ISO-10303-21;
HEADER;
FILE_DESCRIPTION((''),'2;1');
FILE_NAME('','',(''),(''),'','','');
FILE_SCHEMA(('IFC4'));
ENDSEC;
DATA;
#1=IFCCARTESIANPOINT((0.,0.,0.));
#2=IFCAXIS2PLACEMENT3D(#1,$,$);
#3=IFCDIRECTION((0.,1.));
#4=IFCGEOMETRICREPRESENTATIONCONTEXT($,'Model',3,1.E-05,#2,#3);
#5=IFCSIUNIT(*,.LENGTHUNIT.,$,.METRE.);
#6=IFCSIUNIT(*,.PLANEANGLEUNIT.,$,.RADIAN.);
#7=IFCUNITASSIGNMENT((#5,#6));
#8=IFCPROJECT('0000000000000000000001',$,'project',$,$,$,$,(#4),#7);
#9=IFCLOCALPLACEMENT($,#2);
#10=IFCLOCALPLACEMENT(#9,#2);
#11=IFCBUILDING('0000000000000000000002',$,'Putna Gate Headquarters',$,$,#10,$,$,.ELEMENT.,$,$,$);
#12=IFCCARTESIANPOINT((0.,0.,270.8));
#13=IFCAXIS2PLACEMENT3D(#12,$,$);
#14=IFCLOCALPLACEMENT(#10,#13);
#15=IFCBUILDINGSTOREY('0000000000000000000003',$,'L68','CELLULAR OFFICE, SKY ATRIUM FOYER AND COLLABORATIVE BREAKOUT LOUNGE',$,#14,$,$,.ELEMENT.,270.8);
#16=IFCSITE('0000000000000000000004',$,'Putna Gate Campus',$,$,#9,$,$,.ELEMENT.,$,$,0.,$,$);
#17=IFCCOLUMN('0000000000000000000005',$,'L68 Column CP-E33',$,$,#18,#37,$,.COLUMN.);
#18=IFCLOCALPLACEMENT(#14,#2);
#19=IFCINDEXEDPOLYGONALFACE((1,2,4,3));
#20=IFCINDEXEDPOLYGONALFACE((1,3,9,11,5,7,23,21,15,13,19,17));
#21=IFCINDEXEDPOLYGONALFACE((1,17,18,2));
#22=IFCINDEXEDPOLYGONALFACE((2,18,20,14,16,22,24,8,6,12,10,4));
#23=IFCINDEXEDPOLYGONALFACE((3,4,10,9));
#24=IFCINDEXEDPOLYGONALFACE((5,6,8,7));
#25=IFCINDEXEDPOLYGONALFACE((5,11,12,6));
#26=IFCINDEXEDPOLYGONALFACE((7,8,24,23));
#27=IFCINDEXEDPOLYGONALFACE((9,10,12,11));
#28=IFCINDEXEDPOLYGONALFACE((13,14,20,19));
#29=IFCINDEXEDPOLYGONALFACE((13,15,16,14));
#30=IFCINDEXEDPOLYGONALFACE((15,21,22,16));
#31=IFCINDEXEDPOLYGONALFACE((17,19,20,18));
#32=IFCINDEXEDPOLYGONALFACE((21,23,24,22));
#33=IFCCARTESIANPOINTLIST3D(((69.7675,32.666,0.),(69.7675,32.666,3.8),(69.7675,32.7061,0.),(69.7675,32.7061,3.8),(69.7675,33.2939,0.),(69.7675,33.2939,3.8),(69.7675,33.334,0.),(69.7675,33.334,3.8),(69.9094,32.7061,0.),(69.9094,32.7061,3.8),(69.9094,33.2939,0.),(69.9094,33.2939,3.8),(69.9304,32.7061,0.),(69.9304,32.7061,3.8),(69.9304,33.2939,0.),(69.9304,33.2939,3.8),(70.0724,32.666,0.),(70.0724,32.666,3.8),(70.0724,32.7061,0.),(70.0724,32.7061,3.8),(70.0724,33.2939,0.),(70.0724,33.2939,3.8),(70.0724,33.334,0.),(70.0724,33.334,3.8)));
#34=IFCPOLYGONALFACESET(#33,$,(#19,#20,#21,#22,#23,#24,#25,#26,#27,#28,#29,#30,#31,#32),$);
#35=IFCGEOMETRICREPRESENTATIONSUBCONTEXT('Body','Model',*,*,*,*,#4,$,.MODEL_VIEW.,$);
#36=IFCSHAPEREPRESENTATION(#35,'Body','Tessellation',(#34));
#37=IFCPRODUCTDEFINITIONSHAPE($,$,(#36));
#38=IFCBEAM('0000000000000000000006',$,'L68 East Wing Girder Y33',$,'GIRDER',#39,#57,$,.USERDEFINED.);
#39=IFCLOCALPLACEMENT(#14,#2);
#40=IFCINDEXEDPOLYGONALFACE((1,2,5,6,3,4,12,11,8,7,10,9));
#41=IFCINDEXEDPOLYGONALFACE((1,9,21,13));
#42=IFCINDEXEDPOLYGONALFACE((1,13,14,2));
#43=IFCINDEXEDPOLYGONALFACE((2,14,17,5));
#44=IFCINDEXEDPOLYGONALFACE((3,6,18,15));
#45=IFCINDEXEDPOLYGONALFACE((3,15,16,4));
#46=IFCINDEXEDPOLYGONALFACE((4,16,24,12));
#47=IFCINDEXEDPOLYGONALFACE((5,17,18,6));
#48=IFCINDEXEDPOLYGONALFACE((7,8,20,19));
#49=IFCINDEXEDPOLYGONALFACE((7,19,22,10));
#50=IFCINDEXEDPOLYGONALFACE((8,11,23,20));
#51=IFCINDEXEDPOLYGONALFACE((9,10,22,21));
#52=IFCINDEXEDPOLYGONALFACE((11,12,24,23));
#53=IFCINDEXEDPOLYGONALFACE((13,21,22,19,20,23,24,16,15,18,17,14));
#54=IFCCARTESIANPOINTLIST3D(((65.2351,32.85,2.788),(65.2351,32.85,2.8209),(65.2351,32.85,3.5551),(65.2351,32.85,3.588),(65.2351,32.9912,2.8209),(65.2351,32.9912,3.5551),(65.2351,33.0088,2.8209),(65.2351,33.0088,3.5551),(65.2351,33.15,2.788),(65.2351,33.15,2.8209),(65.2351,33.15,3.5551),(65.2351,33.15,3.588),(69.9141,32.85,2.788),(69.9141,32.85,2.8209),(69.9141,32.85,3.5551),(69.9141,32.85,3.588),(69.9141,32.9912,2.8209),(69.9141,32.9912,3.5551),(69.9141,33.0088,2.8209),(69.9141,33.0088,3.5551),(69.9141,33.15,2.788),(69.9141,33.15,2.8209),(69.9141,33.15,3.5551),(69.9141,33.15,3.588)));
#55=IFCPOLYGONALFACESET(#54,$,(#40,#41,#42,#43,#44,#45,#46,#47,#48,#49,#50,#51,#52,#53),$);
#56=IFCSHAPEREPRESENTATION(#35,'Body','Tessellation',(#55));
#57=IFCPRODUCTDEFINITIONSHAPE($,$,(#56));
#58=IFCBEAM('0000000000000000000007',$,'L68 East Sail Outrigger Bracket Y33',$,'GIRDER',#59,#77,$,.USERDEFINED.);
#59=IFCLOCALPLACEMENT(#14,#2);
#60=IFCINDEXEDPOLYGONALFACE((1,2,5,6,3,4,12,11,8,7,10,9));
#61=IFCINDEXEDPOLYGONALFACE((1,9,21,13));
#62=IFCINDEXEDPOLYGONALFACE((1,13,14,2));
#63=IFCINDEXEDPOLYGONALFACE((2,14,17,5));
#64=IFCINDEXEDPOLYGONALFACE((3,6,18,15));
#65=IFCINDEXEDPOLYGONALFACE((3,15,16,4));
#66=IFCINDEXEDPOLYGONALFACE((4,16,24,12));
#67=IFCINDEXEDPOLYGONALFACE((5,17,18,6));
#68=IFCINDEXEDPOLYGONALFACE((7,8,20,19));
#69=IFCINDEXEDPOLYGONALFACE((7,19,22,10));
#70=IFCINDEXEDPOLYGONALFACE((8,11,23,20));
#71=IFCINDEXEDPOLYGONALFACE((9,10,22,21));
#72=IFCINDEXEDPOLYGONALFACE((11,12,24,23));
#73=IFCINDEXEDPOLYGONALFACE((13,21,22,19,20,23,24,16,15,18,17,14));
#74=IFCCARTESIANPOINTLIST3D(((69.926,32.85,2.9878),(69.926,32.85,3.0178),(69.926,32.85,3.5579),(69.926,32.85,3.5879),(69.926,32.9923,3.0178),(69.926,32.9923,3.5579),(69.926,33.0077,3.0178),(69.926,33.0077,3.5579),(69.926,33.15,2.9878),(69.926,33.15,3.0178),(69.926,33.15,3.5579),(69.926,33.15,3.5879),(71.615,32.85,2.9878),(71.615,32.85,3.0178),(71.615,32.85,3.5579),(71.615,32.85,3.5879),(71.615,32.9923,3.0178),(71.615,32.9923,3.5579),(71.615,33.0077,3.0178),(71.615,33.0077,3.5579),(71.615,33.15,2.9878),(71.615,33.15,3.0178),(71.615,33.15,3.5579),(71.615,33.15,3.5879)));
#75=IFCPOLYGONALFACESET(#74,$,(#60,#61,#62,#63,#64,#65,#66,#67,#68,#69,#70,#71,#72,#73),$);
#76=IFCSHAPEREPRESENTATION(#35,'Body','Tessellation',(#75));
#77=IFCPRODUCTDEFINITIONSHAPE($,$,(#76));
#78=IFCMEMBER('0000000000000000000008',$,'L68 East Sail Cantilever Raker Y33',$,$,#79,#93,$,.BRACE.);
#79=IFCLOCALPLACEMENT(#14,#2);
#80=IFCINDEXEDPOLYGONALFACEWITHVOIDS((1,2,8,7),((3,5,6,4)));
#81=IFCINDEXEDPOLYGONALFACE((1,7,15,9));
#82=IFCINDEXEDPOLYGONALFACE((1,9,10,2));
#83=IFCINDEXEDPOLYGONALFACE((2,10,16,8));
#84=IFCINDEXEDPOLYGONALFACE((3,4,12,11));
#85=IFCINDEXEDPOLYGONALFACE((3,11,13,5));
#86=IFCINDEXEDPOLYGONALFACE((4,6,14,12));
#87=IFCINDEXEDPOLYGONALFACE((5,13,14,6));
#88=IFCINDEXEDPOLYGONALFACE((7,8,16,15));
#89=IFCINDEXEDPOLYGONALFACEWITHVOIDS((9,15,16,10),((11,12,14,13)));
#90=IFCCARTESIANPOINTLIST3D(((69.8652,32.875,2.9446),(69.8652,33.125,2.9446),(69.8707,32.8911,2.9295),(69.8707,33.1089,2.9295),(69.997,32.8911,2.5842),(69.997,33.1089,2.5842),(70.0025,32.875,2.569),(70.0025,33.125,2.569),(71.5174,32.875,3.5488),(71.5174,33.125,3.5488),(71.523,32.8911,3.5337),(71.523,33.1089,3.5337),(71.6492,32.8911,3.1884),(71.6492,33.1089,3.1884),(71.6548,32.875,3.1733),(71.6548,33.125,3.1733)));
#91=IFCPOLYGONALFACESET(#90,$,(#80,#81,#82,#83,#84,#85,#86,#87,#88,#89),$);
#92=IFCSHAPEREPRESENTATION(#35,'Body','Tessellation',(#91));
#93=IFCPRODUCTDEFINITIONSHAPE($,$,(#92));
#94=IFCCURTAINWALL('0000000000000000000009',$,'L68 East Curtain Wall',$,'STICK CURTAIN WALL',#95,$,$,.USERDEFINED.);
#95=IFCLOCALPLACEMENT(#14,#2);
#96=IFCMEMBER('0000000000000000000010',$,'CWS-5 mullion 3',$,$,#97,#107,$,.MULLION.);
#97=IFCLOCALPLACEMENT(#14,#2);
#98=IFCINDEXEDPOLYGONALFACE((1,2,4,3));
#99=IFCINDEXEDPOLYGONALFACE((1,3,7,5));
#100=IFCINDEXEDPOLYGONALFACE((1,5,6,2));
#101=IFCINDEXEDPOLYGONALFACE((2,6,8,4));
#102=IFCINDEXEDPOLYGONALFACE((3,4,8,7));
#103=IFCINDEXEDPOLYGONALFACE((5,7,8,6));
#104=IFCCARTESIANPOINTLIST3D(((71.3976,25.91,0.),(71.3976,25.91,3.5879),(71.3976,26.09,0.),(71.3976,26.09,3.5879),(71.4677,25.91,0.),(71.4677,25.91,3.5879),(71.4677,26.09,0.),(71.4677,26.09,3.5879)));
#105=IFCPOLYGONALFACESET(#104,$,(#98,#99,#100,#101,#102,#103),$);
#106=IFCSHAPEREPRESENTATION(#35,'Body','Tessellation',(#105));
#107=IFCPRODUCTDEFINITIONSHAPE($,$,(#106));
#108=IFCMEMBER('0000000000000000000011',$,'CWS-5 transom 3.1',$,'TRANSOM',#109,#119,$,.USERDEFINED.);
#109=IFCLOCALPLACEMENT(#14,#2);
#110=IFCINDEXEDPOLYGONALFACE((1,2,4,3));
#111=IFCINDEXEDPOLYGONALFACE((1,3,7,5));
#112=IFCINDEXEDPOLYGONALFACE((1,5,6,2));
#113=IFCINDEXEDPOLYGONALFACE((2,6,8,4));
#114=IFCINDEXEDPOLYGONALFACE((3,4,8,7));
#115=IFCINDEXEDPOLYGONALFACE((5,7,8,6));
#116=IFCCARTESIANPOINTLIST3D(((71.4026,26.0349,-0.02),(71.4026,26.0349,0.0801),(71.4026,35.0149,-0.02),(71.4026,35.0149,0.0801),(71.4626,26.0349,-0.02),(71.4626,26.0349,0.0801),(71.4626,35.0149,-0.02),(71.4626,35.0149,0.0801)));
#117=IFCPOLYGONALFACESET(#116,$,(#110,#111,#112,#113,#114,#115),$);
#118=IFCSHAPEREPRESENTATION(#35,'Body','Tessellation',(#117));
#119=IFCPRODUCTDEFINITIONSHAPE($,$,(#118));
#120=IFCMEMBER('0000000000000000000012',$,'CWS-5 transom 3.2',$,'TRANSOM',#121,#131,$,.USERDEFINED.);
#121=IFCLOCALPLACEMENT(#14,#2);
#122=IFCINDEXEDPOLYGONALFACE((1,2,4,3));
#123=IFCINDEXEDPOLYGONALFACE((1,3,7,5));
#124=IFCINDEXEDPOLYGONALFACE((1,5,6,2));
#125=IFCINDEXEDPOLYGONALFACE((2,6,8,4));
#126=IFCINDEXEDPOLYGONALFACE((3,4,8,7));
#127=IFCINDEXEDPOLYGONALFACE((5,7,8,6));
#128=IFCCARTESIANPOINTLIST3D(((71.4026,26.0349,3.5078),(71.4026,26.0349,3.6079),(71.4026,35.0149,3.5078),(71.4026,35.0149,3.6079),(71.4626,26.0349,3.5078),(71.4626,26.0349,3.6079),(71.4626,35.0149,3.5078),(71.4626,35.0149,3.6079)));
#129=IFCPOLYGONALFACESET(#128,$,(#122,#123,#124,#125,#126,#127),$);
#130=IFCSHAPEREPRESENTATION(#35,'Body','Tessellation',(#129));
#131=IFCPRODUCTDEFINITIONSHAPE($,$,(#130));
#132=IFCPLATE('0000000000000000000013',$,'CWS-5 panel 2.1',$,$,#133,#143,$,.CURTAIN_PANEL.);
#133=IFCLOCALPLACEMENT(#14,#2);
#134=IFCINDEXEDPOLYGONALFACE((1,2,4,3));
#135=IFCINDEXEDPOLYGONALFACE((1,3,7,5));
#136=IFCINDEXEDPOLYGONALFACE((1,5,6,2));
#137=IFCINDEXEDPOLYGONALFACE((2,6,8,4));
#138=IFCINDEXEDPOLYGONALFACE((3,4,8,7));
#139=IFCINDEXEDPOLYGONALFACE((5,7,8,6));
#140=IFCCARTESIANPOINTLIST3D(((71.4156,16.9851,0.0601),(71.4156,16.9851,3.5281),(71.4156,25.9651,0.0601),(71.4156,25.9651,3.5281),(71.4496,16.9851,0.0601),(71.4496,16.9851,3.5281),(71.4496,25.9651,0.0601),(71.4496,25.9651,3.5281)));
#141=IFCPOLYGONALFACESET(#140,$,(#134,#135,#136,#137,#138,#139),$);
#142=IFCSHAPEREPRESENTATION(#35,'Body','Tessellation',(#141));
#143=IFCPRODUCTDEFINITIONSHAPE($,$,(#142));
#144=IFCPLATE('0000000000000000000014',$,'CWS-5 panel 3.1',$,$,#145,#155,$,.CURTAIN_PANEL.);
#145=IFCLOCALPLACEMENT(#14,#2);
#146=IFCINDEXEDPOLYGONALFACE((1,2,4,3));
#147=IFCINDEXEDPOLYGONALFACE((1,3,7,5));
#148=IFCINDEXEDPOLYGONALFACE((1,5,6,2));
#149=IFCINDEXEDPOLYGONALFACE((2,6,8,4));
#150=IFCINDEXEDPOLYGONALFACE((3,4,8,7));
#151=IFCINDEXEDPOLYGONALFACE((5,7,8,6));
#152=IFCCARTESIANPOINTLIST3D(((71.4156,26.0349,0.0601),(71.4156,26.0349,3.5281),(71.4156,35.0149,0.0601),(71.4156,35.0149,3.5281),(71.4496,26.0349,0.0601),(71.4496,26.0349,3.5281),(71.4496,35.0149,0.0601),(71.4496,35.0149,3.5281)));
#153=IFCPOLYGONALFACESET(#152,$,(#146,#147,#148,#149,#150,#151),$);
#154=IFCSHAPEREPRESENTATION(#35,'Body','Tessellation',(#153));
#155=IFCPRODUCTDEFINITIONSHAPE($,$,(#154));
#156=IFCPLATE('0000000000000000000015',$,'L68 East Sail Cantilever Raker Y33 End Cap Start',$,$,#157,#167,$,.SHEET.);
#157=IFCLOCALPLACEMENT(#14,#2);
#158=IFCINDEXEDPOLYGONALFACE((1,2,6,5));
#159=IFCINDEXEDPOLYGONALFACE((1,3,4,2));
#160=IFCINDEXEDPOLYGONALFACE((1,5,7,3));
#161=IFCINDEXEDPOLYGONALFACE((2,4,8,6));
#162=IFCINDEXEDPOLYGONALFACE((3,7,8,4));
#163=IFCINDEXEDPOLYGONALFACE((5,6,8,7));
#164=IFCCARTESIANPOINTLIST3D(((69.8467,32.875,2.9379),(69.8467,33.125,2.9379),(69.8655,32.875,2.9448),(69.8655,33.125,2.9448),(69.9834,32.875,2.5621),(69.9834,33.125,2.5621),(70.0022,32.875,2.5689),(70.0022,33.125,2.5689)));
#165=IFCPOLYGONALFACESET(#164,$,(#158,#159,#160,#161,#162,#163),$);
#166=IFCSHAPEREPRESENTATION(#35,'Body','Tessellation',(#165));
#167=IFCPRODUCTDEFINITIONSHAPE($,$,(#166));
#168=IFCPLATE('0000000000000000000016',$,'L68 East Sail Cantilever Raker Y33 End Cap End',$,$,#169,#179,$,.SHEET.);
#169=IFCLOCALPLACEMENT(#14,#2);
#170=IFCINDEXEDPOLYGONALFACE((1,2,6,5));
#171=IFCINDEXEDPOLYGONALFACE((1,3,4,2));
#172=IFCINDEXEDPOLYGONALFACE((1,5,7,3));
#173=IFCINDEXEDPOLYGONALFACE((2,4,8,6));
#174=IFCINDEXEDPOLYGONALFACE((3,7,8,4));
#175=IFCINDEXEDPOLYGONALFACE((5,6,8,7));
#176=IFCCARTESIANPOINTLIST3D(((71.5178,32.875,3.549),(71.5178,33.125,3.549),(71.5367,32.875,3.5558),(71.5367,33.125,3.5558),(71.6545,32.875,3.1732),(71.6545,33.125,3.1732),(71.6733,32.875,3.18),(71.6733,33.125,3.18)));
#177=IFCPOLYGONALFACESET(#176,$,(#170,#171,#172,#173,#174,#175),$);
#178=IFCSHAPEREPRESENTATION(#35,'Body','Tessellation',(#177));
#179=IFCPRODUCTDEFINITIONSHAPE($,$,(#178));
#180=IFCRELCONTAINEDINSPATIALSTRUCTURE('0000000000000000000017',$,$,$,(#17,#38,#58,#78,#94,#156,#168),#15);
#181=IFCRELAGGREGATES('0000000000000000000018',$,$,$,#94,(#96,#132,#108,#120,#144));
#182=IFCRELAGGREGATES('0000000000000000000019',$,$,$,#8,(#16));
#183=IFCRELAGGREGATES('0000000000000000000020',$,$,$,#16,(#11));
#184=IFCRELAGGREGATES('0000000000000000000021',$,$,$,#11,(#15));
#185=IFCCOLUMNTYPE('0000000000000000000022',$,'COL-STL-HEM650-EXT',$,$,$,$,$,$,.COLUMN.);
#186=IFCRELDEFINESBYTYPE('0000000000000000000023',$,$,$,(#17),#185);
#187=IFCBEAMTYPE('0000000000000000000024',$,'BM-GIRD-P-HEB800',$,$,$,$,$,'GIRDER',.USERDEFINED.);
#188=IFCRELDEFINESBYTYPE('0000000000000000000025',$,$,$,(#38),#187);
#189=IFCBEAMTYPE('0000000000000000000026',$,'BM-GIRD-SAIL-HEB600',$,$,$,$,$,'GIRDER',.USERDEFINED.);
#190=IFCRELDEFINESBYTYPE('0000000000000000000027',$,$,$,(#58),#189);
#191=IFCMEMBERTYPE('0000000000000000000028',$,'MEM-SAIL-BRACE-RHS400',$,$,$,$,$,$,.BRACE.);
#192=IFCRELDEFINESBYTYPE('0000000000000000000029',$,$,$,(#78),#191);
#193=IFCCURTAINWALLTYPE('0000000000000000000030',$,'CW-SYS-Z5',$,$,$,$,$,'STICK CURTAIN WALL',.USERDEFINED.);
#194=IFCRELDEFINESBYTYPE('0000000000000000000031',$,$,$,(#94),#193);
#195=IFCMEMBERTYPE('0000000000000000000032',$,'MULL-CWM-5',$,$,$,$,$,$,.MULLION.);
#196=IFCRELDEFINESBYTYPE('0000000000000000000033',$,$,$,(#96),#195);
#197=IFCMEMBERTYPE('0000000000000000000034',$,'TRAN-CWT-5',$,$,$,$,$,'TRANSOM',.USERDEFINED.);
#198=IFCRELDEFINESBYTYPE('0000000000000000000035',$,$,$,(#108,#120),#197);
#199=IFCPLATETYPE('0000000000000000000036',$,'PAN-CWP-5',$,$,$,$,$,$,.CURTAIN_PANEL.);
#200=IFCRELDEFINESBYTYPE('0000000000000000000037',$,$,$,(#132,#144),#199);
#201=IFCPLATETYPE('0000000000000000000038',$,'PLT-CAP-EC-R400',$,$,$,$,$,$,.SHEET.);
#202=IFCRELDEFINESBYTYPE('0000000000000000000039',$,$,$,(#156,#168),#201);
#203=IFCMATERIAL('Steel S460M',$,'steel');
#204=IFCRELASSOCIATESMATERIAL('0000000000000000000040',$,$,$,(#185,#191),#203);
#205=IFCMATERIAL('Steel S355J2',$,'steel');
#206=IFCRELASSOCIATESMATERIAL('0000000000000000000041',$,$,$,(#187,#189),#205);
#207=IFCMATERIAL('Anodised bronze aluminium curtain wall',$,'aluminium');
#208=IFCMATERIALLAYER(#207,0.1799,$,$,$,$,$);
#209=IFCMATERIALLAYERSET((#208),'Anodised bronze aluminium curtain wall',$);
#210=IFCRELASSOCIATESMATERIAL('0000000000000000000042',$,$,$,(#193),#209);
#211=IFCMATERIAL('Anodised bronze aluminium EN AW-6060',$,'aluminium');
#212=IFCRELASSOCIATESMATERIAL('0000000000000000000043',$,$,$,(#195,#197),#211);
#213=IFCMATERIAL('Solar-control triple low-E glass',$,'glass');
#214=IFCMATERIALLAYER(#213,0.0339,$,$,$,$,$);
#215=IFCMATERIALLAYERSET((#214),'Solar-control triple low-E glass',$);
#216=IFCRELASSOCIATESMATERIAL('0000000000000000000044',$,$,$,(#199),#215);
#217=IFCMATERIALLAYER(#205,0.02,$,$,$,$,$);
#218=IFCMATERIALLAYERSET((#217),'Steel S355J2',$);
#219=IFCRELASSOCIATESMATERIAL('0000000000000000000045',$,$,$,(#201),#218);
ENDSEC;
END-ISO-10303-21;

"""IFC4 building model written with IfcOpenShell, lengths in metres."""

from ifc_helpers import new_model, si_unit, direction, frame, origin, origin_2d, place, context, subcontext, project, spatial, rectangle, hollow_rectangle, i_section, extrude, material, layer, layer_set, material_profile, profile_set, type_object, element, aggregate, save


model = new_model("IFC4")

# Units and contexts
model_context = context("Model", 3, precision=1e-05, world=origin(), true_north=direction((0.0, 1.0)))
body_context = subcontext(model_context, "Body", "Model", "MODEL_VIEW")
ifc_project = project(units=[si_unit("LENGTHUNIT", "METRE"), si_unit("PLANEANGLEUNIT", "RADIAN")], contexts=[model_context])

# Site, building, storey
site_placement = place(None, origin())
site = spatial("IfcSite", under=ifc_project, at=site_placement, Name="Putna Gate Campus", CompositionType="ELEMENT", RefElevation=0.0)
building_placement = place(site_placement, origin())
building = spatial("IfcBuilding", under=site, at=building_placement, Name="Putna Gate Headquarters", CompositionType="ELEMENT")
storey_placement = place(building_placement, frame((0.0, 0.0, 270.8)))
storey = spatial("IfcBuildingStorey", under=building, at=storey_placement, Name="L68", Description="CELLULAR OFFICE, SKY ATRIUM FOYER AND COLLABORATIVE BREAKOUT LOUNGE", CompositionType="ELEMENT", Elevation=270.8)

# Column
ifc_material_1 = material(Name="Steel S460M", Category="steel")
ifc_material_profile_1 = material_profile(ifc_material_1, i_section(OverallWidth=0.3049, OverallDepth=0.668, WebThickness=0.021, FlangeThickness=0.04, at=origin_2d()), Name="Steel S460M")
ifc_profile_set_1 = profile_set([ifc_material_profile_1], Name="Steel S460M")
column_type = type_object("IfcColumnType", Name="COL-STL-HEM650-EXT", PredefinedType="COLUMN", material=ifc_profile_set_1)
column_placement = place(storey_placement, frame((69.9199, 33.0, 0.0), z_axis=(0.0, 0.0, 1.0), x_axis=(1.0, 0.0, 0.0)))
element("IfcColumn", 1, at=column_placement, inside=storey, type_object=column_type, Name="L68 Column CP-E33", PredefinedType="COLUMN", context=body_context, shape_type="SweptSolid", body=[
    extrude(i_section(OverallWidth=0.3049, OverallDepth=0.668, WebThickness=0.021, FlangeThickness=0.04, at=origin_2d()), origin(), (0.0, 0.0, 1.0), 3.8),
])

# Beams
ifc_material_2 = material(Name="Steel S355J2", Category="steel")
ifc_material_profile_2 = material_profile(ifc_material_2, i_section(OverallWidth=0.3, OverallDepth=0.8, WebThickness=0.0176, FlangeThickness=0.033, at=origin_2d()), Name="Steel S355J2")
ifc_profile_set_2 = profile_set([ifc_material_profile_2], Name="Steel S355J2")
beam_type_1 = type_object("IfcBeamType", Name="BM-GIRD-P-HEB800", ElementType="GIRDER", PredefinedType="USERDEFINED", material=ifc_profile_set_2)
beam_1_placement = place(storey_placement, frame((65.2351, 33.0, 3.188), z_axis=(1.0, 0.0, 0.0), x_axis=(0.0, 1.0, 0.0)))
element("IfcBeam", 2, at=beam_1_placement, inside=storey, type_object=beam_type_1, Name="L68 East Wing Girder Y33", ObjectType="GIRDER", PredefinedType="USERDEFINED", context=body_context, shape_type="SweptSolid", body=[
    extrude(i_section(OverallWidth=0.3, OverallDepth=0.8, WebThickness=0.0176, FlangeThickness=0.033, at=origin_2d()), origin(), (0.0, 0.0, 1.0), 4.679),
])
ifc_material_profile_3 = material_profile(ifc_material_2, i_section(OverallWidth=0.3, OverallDepth=0.6001, WebThickness=0.0154, FlangeThickness=0.03, at=origin_2d()), Name="Steel S355J2")
ifc_profile_set_3 = profile_set([ifc_material_profile_3], Name="Steel S355J2")
beam_type_2 = type_object("IfcBeamType", Name="BM-GIRD-SAIL-HEB600", ElementType="GIRDER", PredefinedType="USERDEFINED", material=ifc_profile_set_3)
beam_2_placement = place(storey_placement, frame((69.926, 33.0, 3.2878), z_axis=(1.0, 0.0, 0.0), x_axis=(0.0, 1.0, 0.0)))
element("IfcBeam", 3, at=beam_2_placement, inside=storey, type_object=beam_type_2, Name="L68 East Sail Outrigger Bracket Y33", ObjectType="GIRDER", PredefinedType="USERDEFINED", context=body_context, shape_type="SweptSolid", body=[
    extrude(i_section(OverallWidth=0.3, OverallDepth=0.6001, WebThickness=0.0154, FlangeThickness=0.03, at=origin_2d()), origin(), (0.0, 0.0, 1.0), 1.689),
])

# Member
ifc_material_profile_4 = material_profile(ifc_material_1, hollow_rectangle(XDim=0.25, YDim=0.3999, WallThickness=0.0161, at=origin_2d()), Name="Steel S460M")
ifc_profile_set_4 = profile_set([ifc_material_profile_4], Name="Steel S460M")
member_type_1 = type_object("IfcMemberType", Name="MEM-SAIL-BRACE-RHS400", PredefinedType="BRACE", material=ifc_profile_set_4)
member_1_placement = place(storey_placement, frame((69.9338, 33.0, 2.7568), z_axis=(0.939172, 0.0, 0.343447), x_axis=(0.0, 1.0, 0.0)))
element("IfcMember", 4, at=member_1_placement, inside=storey, type_object=member_type_1, Name="L68 East Sail Cantilever Raker Y33", PredefinedType="BRACE", context=body_context, shape_type="SweptSolid", body=[
    extrude(hollow_rectangle(XDim=0.25, YDim=0.3999, WallThickness=0.0161, at=origin_2d()), origin(), (0.0, 0.0, 1.0), 1.7593),
])

# Curtain wall, members, plates
ifc_material_3 = material(Name="Anodised bronze aluminium curtain wall", Category="aluminium")
ifc_layer_1 = layer(ifc_material_3, 0.1799)
ifc_layer_set_1 = layer_set([ifc_layer_1], Name="Anodised bronze aluminium curtain wall")
curtain_wall_type = type_object("IfcCurtainWallType", Name="CW-SYS-Z5", ElementType="STICK CURTAIN WALL", PredefinedType="USERDEFINED", material=ifc_layer_set_1)
curtain_wall_placement = place(storey_placement, origin())
curtain_wall = element("IfcCurtainWall", 5, at=curtain_wall_placement, inside=storey, type_object=curtain_wall_type, Name="L68 East Curtain Wall", ObjectType="STICK CURTAIN WALL", PredefinedType="USERDEFINED")
ifc_material_4 = material(Name="Anodised bronze aluminium EN AW-6060", Category="aluminium")
ifc_material_profile_5 = material_profile(ifc_material_4, rectangle(XDim=0.0701, YDim=0.1799, at=origin_2d()), Name="Anodised bronze aluminium EN AW-6060")
ifc_profile_set_5 = profile_set([ifc_material_profile_5], Name="Anodised bronze aluminium EN AW-6060")
member_type_2 = type_object("IfcMemberType", Name="MULL-CWM-5", PredefinedType="MULLION", material=ifc_profile_set_5)
member_2_placement = place(storey_placement, frame((71.4326, 26.0, 0.0), z_axis=(0.0, 0.0, 1.0), x_axis=(-1.0, 0.0, 0.0)))
member_2 = element("IfcMember", 6, at=member_2_placement, type_object=member_type_2, Name="CWS-5 mullion 3", PredefinedType="MULLION", context=body_context, shape_type="SweptSolid", body=[
    extrude(rectangle(XDim=0.0701, YDim=0.1799, at=origin_2d()), origin(), (0.0, 0.0, 1.0), 3.5879),
])
ifc_material_profile_6 = material_profile(ifc_material_4, rectangle(XDim=0.0601, YDim=0.1001, at=origin_2d()), Name="Anodised bronze aluminium EN AW-6060")
ifc_profile_set_6 = profile_set([ifc_material_profile_6], Name="Anodised bronze aluminium EN AW-6060")
member_type_3 = type_object("IfcMemberType", Name="TRAN-CWT-5", ElementType="TRANSOM", PredefinedType="USERDEFINED", material=ifc_profile_set_6)
member_3_placement = place(storey_placement, frame((71.4326, 26.0349, 0.03), z_axis=(0.0, 1.0, 0.0), x_axis=(-1.0, 0.0, 0.0)))
member_3 = element("IfcMember", 7, at=member_3_placement, type_object=member_type_3, Name="CWS-5 transom 3.1", ObjectType="TRANSOM", PredefinedType="USERDEFINED", context=body_context, shape_type="SweptSolid", body=[
    extrude(rectangle(XDim=0.0601, YDim=0.1001, at=origin_2d()), origin(), (0.0, 0.0, 1.0), 8.98),
])
member_4_placement = place(storey_placement, frame((71.4326, 26.0349, 3.5579), z_axis=(0.0, 1.0, 0.0), x_axis=(-1.0, 0.0, 0.0)))
member_4 = element("IfcMember", 8, at=member_4_placement, type_object=member_type_3, Name="CWS-5 transom 3.2", ObjectType="TRANSOM", PredefinedType="USERDEFINED", context=body_context, shape_type="SweptSolid", body=[
    extrude(rectangle(XDim=0.0601, YDim=0.1001, at=origin_2d()), origin(), (0.0, 0.0, 1.0), 8.98),
])
ifc_material_5 = material(Name="Solar-control triple low-E glass", Category="glass")
ifc_layer_2 = layer(ifc_material_5, 0.0339)
ifc_layer_set_2 = layer_set([ifc_layer_2], Name="Solar-control triple low-E glass")
plate_type_1 = type_object("IfcPlateType", Name="PAN-CWP-5", PredefinedType="CURTAIN_PANEL", material=ifc_layer_set_2)
plate_1_placement = place(storey_placement, frame((71.4326, 21.4751, 0.0601), z_axis=(0.0, 0.0, 1.0), x_axis=(0.0, 1.0, 0.0)))
plate_1 = element("IfcPlate", 9, at=plate_1_placement, type_object=plate_type_1, Name="CWS-5 panel 2.1", PredefinedType="CURTAIN_PANEL", context=body_context, shape_type="SweptSolid", body=[
    extrude(rectangle(XDim=8.98, YDim=0.0339, at=origin_2d()), origin(), (0.0, 0.0, 1.0), 3.468),
])
plate_2_placement = place(storey_placement, frame((71.4326, 30.5249, 0.0601), z_axis=(0.0, 0.0, 1.0), x_axis=(0.0, 1.0, 0.0)))
plate_2 = element("IfcPlate", 10, at=plate_2_placement, type_object=plate_type_1, Name="CWS-5 panel 3.1", PredefinedType="CURTAIN_PANEL", context=body_context, shape_type="SweptSolid", body=[
    extrude(rectangle(XDim=8.98, YDim=0.0339, at=origin_2d()), origin(), (0.0, 0.0, 1.0), 3.468),
])
aggregate(curtain_wall, [member_2, plate_1, member_3, member_4, plate_2])

# Plates
ifc_layer_3 = layer(ifc_material_2, 0.02)
ifc_layer_set_3 = layer_set([ifc_layer_3], Name="Steel S355J2")
plate_type_2 = type_object("IfcPlateType", Name="PLT-CAP-EC-R400", PredefinedType="SHEET", material=ifc_layer_set_3)
for number, where, z_axis, x_axis, name in (
    (11, (69.915, 33.0, 2.75), (0.939793, 0.0, 0.341743), (0.0, 1.0, 0.0), "L68 East Sail Cantilever Raker Y33 End Cap Start"),
    (12, (71.5862, 33.0, 3.3611), (0.939793, 0.0, 0.341743), (0.0, 1.0, 0.0), "L68 East Sail Cantilever Raker Y33 End Cap End"),
):
    element("IfcPlate", number, at=place(storey_placement, frame(where, z_axis=z_axis, x_axis=x_axis)), inside=storey, type_object=plate_type_2, Name=name, PredefinedType="SHEET", context=body_context, shape_type="SweptSolid", body=[
        extrude(rectangle(XDim=0.25, YDim=0.3999, at=origin_2d()), origin(), (0.0, 0.0, 1.0), 0.02),
    ])

save(model, "model.ifc")
